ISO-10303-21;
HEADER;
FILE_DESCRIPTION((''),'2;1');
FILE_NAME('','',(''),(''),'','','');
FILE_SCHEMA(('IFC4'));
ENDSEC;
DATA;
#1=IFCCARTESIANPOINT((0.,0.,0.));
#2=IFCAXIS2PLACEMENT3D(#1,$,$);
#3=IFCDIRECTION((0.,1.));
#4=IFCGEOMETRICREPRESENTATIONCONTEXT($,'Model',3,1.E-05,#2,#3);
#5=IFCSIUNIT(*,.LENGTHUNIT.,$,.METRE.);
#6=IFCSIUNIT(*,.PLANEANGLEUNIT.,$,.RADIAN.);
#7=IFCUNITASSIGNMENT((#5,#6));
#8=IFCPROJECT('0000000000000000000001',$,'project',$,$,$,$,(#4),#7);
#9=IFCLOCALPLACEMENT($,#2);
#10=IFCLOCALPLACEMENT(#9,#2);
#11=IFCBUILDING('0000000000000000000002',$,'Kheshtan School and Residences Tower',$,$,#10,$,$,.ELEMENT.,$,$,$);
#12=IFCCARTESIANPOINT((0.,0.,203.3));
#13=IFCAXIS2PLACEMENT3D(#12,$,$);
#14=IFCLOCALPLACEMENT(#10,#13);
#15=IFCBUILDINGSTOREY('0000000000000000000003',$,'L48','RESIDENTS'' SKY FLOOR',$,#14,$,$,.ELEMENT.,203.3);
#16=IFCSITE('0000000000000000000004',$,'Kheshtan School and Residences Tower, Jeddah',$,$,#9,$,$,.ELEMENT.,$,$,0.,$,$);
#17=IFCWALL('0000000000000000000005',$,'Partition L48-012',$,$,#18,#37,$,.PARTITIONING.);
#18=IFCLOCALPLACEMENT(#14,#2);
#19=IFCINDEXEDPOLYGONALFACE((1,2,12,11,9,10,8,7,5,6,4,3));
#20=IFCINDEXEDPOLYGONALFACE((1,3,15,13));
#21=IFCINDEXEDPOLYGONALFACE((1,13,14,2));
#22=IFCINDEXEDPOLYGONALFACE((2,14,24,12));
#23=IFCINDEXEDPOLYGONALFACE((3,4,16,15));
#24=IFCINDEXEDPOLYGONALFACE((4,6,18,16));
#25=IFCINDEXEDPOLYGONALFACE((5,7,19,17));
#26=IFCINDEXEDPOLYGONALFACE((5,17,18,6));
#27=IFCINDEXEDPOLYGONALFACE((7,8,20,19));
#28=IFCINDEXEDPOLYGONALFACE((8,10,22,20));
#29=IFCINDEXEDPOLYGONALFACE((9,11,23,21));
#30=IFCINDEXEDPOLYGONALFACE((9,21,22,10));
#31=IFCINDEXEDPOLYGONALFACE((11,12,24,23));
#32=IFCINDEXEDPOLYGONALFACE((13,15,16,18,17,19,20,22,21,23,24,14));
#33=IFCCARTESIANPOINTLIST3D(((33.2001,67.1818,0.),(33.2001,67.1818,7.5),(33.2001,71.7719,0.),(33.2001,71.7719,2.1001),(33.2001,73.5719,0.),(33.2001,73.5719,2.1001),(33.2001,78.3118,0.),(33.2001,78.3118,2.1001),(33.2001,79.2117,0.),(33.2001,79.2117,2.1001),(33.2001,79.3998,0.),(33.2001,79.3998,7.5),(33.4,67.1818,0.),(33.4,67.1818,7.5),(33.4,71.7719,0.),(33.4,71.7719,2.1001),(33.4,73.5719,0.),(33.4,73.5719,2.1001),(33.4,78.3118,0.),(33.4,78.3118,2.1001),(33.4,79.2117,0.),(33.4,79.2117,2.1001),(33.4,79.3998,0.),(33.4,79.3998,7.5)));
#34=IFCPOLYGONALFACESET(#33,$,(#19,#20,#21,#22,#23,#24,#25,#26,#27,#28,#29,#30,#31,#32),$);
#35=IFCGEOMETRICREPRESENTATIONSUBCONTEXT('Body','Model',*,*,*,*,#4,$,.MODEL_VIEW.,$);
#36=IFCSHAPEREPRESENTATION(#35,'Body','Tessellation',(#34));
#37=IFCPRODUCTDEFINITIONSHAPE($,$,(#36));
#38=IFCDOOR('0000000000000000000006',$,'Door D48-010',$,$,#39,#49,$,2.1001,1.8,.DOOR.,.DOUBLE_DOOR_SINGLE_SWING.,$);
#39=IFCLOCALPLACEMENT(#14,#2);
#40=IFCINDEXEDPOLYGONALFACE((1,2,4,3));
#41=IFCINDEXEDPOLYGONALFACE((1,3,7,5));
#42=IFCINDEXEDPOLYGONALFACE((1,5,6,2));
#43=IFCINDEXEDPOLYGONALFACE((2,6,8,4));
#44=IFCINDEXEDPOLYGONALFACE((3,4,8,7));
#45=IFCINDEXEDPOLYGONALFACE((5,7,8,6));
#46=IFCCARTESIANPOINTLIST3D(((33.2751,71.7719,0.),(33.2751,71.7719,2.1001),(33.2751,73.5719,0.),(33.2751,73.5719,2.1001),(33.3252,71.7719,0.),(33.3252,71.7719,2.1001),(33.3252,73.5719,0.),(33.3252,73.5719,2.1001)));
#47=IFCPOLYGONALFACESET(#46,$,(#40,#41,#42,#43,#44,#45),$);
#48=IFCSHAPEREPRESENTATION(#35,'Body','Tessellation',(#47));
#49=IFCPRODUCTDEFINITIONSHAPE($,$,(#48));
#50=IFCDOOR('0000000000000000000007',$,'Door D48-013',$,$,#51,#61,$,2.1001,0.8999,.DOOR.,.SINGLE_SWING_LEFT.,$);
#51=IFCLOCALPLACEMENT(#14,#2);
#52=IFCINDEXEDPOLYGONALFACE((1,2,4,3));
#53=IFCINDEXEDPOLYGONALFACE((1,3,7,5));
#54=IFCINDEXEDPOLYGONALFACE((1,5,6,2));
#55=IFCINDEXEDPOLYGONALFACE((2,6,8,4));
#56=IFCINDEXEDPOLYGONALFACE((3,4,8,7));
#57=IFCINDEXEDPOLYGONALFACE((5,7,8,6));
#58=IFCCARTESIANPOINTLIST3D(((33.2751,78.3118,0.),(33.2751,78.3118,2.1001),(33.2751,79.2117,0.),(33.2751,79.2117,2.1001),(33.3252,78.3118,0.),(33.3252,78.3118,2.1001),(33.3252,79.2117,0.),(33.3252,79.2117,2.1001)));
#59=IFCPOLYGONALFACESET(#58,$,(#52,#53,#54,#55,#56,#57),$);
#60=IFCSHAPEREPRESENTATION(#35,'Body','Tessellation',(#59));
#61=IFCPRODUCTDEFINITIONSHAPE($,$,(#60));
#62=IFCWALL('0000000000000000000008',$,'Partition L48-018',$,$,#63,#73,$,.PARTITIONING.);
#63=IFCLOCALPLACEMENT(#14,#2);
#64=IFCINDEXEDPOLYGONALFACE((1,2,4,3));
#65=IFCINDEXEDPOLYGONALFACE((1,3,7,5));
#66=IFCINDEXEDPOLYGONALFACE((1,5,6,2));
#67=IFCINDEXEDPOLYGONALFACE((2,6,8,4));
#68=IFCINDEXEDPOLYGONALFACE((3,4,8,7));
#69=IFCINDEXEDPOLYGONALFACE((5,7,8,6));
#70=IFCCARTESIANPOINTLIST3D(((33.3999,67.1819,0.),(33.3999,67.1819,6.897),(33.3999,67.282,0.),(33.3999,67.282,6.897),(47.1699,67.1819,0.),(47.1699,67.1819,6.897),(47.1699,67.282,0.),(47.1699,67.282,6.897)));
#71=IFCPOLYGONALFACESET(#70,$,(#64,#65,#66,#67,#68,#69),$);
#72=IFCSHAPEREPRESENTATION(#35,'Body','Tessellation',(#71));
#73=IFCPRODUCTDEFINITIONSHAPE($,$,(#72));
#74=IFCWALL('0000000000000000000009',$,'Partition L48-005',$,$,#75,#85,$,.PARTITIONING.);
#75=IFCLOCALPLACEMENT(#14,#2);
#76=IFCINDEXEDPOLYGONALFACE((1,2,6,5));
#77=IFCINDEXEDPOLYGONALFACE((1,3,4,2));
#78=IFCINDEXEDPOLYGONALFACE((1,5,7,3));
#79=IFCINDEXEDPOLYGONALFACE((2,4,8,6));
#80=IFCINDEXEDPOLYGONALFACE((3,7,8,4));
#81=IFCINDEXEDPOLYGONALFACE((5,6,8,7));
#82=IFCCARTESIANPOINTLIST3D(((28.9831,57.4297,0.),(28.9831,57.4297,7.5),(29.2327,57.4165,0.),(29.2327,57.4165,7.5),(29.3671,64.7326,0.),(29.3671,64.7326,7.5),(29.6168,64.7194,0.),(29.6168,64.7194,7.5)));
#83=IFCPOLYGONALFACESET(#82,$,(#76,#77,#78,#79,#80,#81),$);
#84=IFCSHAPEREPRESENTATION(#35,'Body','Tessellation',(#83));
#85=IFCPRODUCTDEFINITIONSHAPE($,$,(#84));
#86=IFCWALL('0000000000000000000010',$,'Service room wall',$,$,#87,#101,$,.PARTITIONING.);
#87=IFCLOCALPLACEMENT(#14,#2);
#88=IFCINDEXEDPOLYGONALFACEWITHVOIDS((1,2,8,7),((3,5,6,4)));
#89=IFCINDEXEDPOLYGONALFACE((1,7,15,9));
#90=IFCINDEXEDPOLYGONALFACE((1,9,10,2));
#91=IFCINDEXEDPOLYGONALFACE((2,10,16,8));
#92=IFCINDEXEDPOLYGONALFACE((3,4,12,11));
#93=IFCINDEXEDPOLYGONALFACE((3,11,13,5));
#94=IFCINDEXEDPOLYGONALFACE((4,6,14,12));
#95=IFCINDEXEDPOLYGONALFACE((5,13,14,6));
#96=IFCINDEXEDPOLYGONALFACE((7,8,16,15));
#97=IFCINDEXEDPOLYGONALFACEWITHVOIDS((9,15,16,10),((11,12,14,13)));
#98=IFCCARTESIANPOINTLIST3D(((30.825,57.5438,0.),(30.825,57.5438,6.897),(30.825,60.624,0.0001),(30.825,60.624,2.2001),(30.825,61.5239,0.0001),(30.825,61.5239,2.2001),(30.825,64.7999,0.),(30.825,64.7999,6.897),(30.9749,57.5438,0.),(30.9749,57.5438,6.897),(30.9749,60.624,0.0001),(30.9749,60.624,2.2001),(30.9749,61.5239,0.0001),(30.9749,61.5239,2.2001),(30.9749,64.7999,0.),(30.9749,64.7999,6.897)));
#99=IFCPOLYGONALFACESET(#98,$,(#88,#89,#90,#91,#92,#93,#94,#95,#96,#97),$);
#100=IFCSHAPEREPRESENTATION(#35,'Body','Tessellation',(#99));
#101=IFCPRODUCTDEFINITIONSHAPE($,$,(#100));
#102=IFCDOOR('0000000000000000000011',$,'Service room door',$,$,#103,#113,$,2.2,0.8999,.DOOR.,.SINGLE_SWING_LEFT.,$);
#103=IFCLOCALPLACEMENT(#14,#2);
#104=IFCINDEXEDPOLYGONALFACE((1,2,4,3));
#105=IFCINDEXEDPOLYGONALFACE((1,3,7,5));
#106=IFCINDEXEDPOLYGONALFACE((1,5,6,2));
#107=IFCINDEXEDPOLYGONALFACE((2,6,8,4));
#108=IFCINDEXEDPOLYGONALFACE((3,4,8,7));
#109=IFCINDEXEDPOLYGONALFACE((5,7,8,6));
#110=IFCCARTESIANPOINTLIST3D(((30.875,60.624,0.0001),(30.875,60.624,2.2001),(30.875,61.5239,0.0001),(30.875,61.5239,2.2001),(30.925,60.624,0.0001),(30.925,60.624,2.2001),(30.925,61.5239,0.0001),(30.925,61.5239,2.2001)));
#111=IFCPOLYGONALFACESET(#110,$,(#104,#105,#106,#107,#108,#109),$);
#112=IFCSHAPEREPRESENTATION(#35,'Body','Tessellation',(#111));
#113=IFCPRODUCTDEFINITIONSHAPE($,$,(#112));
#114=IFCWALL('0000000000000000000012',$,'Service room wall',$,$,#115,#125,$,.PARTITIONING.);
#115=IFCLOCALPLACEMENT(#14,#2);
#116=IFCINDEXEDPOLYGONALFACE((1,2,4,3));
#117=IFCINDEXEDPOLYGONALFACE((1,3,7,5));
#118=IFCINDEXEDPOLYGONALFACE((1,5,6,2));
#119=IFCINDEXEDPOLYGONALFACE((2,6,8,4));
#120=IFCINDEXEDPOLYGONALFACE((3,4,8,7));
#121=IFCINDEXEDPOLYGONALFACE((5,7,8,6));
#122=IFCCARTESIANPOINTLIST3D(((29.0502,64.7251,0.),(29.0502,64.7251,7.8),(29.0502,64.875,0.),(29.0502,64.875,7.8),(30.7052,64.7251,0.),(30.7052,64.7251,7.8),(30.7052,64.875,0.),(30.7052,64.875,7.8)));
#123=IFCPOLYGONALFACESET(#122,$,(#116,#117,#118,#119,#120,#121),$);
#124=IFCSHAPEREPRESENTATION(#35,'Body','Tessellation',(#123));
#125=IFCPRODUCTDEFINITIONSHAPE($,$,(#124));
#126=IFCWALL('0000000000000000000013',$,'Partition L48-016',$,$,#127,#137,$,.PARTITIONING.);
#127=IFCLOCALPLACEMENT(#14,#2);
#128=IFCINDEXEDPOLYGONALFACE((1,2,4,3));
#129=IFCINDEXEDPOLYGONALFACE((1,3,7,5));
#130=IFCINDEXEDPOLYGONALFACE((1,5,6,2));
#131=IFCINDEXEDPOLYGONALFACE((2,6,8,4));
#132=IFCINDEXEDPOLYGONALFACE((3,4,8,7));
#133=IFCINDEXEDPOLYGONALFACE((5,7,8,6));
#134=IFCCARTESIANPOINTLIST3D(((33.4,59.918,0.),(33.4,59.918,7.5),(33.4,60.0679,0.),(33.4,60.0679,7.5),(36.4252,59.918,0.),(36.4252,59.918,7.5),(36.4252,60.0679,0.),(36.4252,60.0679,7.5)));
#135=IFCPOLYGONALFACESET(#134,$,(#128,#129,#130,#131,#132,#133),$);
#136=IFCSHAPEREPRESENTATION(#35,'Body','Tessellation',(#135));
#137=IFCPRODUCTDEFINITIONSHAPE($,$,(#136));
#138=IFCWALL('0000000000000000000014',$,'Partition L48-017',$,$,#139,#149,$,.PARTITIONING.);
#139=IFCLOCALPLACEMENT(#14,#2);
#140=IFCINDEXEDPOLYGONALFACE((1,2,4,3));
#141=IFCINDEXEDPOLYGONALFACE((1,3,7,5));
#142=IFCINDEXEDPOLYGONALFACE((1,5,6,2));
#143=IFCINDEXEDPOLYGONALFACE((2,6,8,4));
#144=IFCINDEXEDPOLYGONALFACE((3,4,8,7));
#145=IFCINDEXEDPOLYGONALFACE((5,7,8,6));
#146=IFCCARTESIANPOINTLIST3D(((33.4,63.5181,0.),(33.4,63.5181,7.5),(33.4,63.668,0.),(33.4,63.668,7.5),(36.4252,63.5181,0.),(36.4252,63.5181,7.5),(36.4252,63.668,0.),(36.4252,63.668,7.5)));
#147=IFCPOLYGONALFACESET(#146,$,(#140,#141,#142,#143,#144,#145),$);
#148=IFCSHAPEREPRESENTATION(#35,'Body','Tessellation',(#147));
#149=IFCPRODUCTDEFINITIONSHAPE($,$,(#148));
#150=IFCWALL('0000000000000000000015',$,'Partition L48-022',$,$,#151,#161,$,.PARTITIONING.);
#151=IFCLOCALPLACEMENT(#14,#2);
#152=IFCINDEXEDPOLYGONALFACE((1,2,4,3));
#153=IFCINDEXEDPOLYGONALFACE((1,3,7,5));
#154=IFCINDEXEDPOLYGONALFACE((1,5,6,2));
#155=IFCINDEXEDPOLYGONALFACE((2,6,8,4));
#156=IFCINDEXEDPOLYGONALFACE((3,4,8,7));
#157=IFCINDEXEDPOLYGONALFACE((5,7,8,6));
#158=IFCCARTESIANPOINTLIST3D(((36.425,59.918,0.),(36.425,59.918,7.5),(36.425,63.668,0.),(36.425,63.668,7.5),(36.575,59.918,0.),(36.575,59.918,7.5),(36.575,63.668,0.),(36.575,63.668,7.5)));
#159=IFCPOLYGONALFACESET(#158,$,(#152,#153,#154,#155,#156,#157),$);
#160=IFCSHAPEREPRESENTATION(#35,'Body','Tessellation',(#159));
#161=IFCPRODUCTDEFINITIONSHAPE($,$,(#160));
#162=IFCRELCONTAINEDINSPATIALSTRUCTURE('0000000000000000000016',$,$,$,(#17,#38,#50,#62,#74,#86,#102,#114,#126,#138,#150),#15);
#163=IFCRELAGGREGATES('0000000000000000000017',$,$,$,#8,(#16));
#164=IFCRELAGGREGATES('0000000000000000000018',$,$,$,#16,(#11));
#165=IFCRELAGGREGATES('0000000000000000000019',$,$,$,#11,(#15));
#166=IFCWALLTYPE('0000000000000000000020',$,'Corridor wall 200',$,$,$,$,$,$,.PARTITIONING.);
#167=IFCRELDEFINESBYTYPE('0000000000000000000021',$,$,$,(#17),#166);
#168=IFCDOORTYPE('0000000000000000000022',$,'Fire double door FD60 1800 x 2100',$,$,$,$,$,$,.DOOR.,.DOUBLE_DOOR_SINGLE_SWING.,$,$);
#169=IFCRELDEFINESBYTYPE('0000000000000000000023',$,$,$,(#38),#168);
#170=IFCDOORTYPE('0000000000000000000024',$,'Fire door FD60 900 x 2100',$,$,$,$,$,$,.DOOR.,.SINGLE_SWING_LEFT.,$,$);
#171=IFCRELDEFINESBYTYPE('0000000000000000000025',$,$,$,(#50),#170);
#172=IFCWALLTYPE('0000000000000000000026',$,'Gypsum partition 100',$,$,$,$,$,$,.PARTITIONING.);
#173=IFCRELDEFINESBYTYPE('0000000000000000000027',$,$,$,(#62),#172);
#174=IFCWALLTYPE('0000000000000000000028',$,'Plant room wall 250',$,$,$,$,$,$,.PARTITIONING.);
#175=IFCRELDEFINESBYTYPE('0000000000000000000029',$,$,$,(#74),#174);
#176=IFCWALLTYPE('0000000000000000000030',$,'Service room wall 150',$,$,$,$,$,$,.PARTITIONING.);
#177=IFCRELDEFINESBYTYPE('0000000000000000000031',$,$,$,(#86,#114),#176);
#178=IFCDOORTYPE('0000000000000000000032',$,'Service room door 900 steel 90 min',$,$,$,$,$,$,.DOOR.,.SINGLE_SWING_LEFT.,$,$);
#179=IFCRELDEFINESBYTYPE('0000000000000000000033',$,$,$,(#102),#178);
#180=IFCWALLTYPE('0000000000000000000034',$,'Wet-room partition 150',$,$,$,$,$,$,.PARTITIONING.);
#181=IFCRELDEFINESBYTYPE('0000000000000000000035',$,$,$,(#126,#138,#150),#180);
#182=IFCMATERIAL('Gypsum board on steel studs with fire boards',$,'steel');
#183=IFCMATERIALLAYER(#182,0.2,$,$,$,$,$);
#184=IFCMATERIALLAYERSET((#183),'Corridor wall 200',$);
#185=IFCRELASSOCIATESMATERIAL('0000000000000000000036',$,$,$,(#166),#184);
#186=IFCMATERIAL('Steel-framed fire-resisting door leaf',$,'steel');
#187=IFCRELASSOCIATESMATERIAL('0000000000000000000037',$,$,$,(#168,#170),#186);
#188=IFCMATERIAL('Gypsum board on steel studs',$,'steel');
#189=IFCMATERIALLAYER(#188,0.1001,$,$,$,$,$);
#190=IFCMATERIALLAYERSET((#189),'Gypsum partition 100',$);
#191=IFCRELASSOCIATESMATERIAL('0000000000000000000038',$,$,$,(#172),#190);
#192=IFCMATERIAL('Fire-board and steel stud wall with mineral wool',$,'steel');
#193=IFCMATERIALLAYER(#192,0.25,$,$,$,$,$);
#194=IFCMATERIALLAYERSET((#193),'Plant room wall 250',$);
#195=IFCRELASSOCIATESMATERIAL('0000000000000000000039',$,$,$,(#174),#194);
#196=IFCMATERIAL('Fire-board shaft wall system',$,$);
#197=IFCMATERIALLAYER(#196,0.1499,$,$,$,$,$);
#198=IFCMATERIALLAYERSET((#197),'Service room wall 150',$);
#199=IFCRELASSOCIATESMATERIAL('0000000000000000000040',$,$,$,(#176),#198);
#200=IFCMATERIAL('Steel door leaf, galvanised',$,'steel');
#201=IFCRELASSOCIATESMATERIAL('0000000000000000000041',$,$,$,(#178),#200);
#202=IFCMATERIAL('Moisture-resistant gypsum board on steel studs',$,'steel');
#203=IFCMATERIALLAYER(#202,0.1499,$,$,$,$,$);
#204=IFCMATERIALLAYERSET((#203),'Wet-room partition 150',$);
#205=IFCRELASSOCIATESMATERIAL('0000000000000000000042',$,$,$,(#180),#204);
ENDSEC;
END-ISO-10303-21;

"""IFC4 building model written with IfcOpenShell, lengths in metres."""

from ifc_helpers import new_model, si_unit, direction, frame, frame_2d, origin, place, context, subcontext, project, spatial, rectangle, extrude, source, transform, mapped, material, layer, layer_set, type_object, element, fill, save


model = new_model("IFC4")

# Units and contexts
model_context = context("Model", 3, precision=1e-05, world=origin(), true_north=direction((0.0, 1.0)))
body_context = subcontext(model_context, "Body", "Model", "MODEL_VIEW")
ifc_project = project(units=[si_unit("LENGTHUNIT", "METRE"), si_unit("PLANEANGLEUNIT", "RADIAN")], contexts=[model_context])

# Site, building, storey
site_placement = place(None, origin())
site = spatial("IfcSite", under=ifc_project, at=site_placement, Name="Kheshtan School and Residences Tower, Jeddah", CompositionType="ELEMENT", RefElevation=0.0)
building_placement = place(site_placement, origin())
building = spatial("IfcBuilding", under=site, at=building_placement, Name="Kheshtan School and Residences Tower", CompositionType="ELEMENT")
storey_placement = place(building_placement, frame((0.0, 0.0, 203.3)))
storey = spatial("IfcBuildingStorey", under=building, at=storey_placement, Name="L48", Description="RESIDENTS' SKY FLOOR", CompositionType="ELEMENT", Elevation=203.3)

# Shared definitions
ifc_material_1 = material(Name="Gypsum board on steel studs with fire boards", Category="steel")
ifc_layer_1 = layer(ifc_material_1, 0.2)
ifc_layer_set_1 = layer_set([ifc_layer_1], Name="Corridor wall 200")
wall_type_1 = type_object("IfcWallType", Name="Corridor wall 200", PredefinedType="PARTITIONING", material=ifc_layer_set_1)

# Shared definitions
ifc_material_2 = material(Name="Steel-framed fire-resisting door leaf", Category="steel")
door_type_1 = type_object("IfcDoorType", Name="Fire double door FD60 1800 x 2100", OperationType="DOUBLE_DOOR_SINGLE_SWING", PredefinedType="DOOR", material=ifc_material_2)
shared_shape_1 = source(origin(), body_context, "Body", "SweptSolid", [
    extrude(rectangle(XDim=1.8, YDim=2.1001, at=frame_2d((0.8999, 1.05))), frame((0.0, 0.0249, 0.0), z_axis=(0.0, -1.0, 0.0), x_axis=(1.0, 0.0, 0.0)), (0.0, 0.0, 1.0), 0.05),
])

# Wall, openings, doors
wall_1_placement = place(storey_placement, frame((33.3, 67.1819, 0.0), z_axis=(0.0, 0.0, 1.0), x_axis=(0.0, 1.0, 0.0)))
wall_1 = element("IfcWall", 1, at=wall_1_placement, inside=storey, type_object=wall_type_1, Name="Partition L48-012", PredefinedType="PARTITIONING", context=body_context, shape_type="SweptSolid", body=[
    extrude(rectangle(XDim=12.218, YDim=0.2, at=frame_2d((6.1089, 0.0))), origin(), (0.0, 0.0, 1.0), 7.5),
])
opening_1_placement = place(wall_1_placement, frame((4.5901, 0.0, 0.0)))
opening_1 = element("IfcOpeningElement", 2, at=opening_1_placement, cuts=wall_1, PredefinedType="OPENING", context=body_context, shape_type="SweptSolid", body=[
    extrude(rectangle(XDim=1.8, YDim=2.1001, at=frame_2d((0.8999, 1.05))), frame((0.0, 0.1099, 0.0), z_axis=(0.0, -1.0, 0.0), x_axis=(1.0, 0.0, 0.0)), (0.0, 0.0, 1.0), 0.22),
])
opening_2_placement = place(wall_1_placement, frame((11.1299, 0.0, 0.0)))
opening_2 = element("IfcOpeningElement", 3, at=opening_2_placement, cuts=wall_1, PredefinedType="OPENING", context=body_context, shape_type="SweptSolid", body=[
    extrude(rectangle(XDim=0.8999, YDim=2.1001, at=frame_2d((0.45, 1.05))), frame((0.0, 0.1099, 0.0), z_axis=(0.0, -1.0, 0.0), x_axis=(1.0, 0.0, 0.0)), (0.0, 0.0, 1.0), 0.22),
])
door_1_placement = place(opening_1_placement, origin())
door_1 = element("IfcDoor", 4, at=door_1_placement, inside=storey, type_object=door_type_1, Name="Door D48-010", OperationType="DOUBLE_DOOR_SINGLE_SWING", OverallHeight=2.1001, OverallWidth=1.8, PredefinedType="DOOR", context=body_context, shape_type="MappedRepresentation", body=[
    mapped(shared_shape_1, transform((0.0, 0.0, 0.0), x_axis=(1.0, 0.0, 0.0), y_axis=(0.0, 1.0, 0.0), z_axis=(0.0, 0.0, 1.0), scale=1.0)),
])
fill(opening_1, door_1)
door_type_2 = type_object("IfcDoorType", Name="Fire door FD60 900 x 2100", OperationType="SINGLE_SWING_LEFT", PredefinedType="DOOR", material=ifc_material_2)
shared_shape_2 = source(origin(), body_context, "Body", "SweptSolid", [
    extrude(rectangle(XDim=0.8999, YDim=2.1001, at=frame_2d((0.45, 1.05))), frame((0.0, 0.0249, 0.0), z_axis=(0.0, -1.0, 0.0), x_axis=(1.0, 0.0, 0.0)), (0.0, 0.0, 1.0), 0.05),
])
door_2_placement = place(opening_2_placement, origin())
door_2 = element("IfcDoor", 5, at=door_2_placement, inside=storey, type_object=door_type_2, Name="Door D48-013", OperationType="SINGLE_SWING_LEFT", OverallHeight=2.1001, OverallWidth=0.8999, PredefinedType="DOOR", context=body_context, shape_type="MappedRepresentation", body=[
    mapped(shared_shape_2, transform((0.0, 0.0, 0.0), x_axis=(1.0, 0.0, 0.0), y_axis=(0.0, 1.0, 0.0), z_axis=(0.0, 0.0, 1.0), scale=1.0)),
])
fill(opening_2, door_2)

# Walls
ifc_material_3 = material(Name="Gypsum board on steel studs", Category="steel")
ifc_layer_2 = layer(ifc_material_3, 0.1001)
ifc_layer_set_2 = layer_set([ifc_layer_2], Name="Gypsum partition 100")
wall_type_2 = type_object("IfcWallType", Name="Gypsum partition 100", PredefinedType="PARTITIONING", material=ifc_layer_set_2)
wall_2_placement = place(storey_placement, frame((33.3999, 67.2319, 0.0), z_axis=(0.0, 0.0, 1.0), x_axis=(1.0, 0.0, 0.0)))
element("IfcWall", 6, at=wall_2_placement, inside=storey, type_object=wall_type_2, Name="Partition L48-018", PredefinedType="PARTITIONING", context=body_context, shape_type="SweptSolid", body=[
    extrude(rectangle(XDim=13.77, YDim=0.1001, at=frame_2d((6.885, 0.0))), origin(), (0.0, 0.0, 1.0), 6.897),
])
ifc_material_4 = material(Name="Fire-board and steel stud wall with mineral wool", Category="steel")
ifc_layer_3 = layer(ifc_material_4, 0.25)
ifc_layer_set_3 = layer_set([ifc_layer_3], Name="Plant room wall 250")
wall_type_3 = type_object("IfcWallType", Name="Plant room wall 250", PredefinedType="PARTITIONING", material=ifc_layer_set_3)
wall_3_placement = place(storey_placement, frame((29.1079, 57.4231, 0.0), z_axis=(0.0, 0.0, 1.0), x_axis=(0.052513, 0.99862, 0.0)))
element("IfcWall", 7, at=wall_3_placement, inside=storey, type_object=wall_type_3, Name="Partition L48-005", PredefinedType="PARTITIONING", context=body_context, shape_type="SweptSolid", body=[
    extrude(rectangle(XDim=7.313, YDim=0.25, at=frame_2d((3.6565, 0.0))), origin(), (0.0, 0.0, 1.0), 7.5),
])

# Wall, opening, door
ifc_material_5 = material(Name="Fire-board shaft wall system")
ifc_layer_4 = layer(ifc_material_5, 0.1499)
ifc_layer_set_4 = layer_set([ifc_layer_4], Name="Service room wall 150")
wall_type_4 = type_object("IfcWallType", Name="Service room wall 150", PredefinedType="PARTITIONING", material=ifc_layer_set_4)
wall_4_placement = place(storey_placement, frame((30.8999, 57.5439, 0.0), z_axis=(0.0, 0.0, 1.0), x_axis=(0.0, 1.0, 0.0)))
wall_4 = element("IfcWall", 8, at=wall_4_placement, inside=storey, type_object=wall_type_4, Name="Service room wall", PredefinedType="PARTITIONING", context=body_context, shape_type="SweptSolid", body=[
    extrude(rectangle(XDim=7.2561, YDim=0.1499, at=frame_2d((3.6279, 0.0))), origin(), (0.0, 0.0, 1.0), 6.897),
])
opening_3_placement = place(wall_4_placement, frame((3.0801, 0.0, 0.0)))
opening_3 = element("IfcOpeningElement", 9, at=opening_3_placement, cuts=wall_4, PredefinedType="OPENING", context=body_context, shape_type="SweptSolid", body=[
    extrude(rectangle(XDim=0.8999, YDim=2.2, at=frame_2d((0.45, 1.1001))), frame((0.0, 0.085, 0.0), z_axis=(0.0, -1.0, 0.0), x_axis=(1.0, 0.0, 0.0)), (0.0, 0.0, 1.0), 0.1699),
])
ifc_material_6 = material(Name="Steel door leaf, galvanised", Category="steel")
door_type_3 = type_object("IfcDoorType", Name="Service room door 900 steel 90 min", OperationType="SINGLE_SWING_LEFT", PredefinedType="DOOR", material=ifc_material_6)
shared_shape_3 = source(origin(), body_context, "Body", "SweptSolid", [
    extrude(rectangle(XDim=0.8999, YDim=2.2, at=frame_2d((0.45, 1.1001))), frame((0.0, 0.0249, 0.0), z_axis=(0.0, -1.0, 0.0), x_axis=(1.0, 0.0, 0.0)), (0.0, 0.0, 1.0), 0.05),
])
door_3_placement = place(opening_3_placement, origin())
door_3 = element("IfcDoor", 10, at=door_3_placement, inside=storey, type_object=door_type_3, Name="Service room door", OperationType="SINGLE_SWING_LEFT", OverallHeight=2.2, OverallWidth=0.8999, PredefinedType="DOOR", context=body_context, shape_type="MappedRepresentation", body=[
    mapped(shared_shape_3, transform((0.0, 0.0, 0.0), x_axis=(1.0, 0.0, 0.0), y_axis=(0.0, 1.0, 0.0), z_axis=(0.0, 0.0, 1.0), scale=1.0)),
])
fill(opening_3, door_3)

# Walls
wall_5_placement = place(storey_placement, frame((29.05, 64.8, 0.0), z_axis=(0.0, 0.0, 1.0), x_axis=(1.0, 0.0, 0.0)))
element("IfcWall", 11, at=wall_5_placement, inside=storey, type_object=wall_type_4, Name="Service room wall", PredefinedType="PARTITIONING", context=body_context, shape_type="SweptSolid", body=[
    extrude(rectangle(XDim=1.655, YDim=0.1499, at=frame_2d((0.8276, 0.0))), origin(), (0.0, 0.0, 1.0), 7.8),
])
ifc_material_7 = material(Name="Moisture-resistant gypsum board on steel studs", Category="steel")
ifc_layer_5 = layer(ifc_material_7, 0.1499)
ifc_layer_set_5 = layer_set([ifc_layer_5], Name="Wet-room partition 150")
wall_type_5 = type_object("IfcWallType", Name="Wet-room partition 150", PredefinedType="PARTITIONING", material=ifc_layer_set_5)
for number, where, z_axis, x_axis, name in (
    (12, (33.3999, 59.9929, 0.0), (0.0, 0.0, 1.0), (1.0, 0.0, 0.0), "Partition L48-016"),
    (13, (33.3999, 63.593, 0.0), (0.0, 0.0, 1.0), (1.0, 0.0, 0.0), "Partition L48-017"),
):
    element("IfcWall", number, at=place(storey_placement, frame(where, z_axis=z_axis, x_axis=x_axis)), inside=storey, type_object=wall_type_5, Name=name, PredefinedType="PARTITIONING", context=body_context, shape_type="SweptSolid", body=[
        extrude(rectangle(XDim=3.0251, YDim=0.1499, at=frame_2d((1.5127, 0.0))), origin(), (0.0, 0.0, 1.0), 7.5),
    ])
wall_6_placement = place(storey_placement, frame((36.5, 59.918, 0.0), z_axis=(0.0, 0.0, 1.0), x_axis=(0.0, 1.0, 0.0)))
element("IfcWall", 14, at=wall_6_placement, inside=storey, type_object=wall_type_5, Name="Partition L48-022", PredefinedType="PARTITIONING", context=body_context, shape_type="SweptSolid", body=[
    extrude(rectangle(XDim=3.75, YDim=0.1499, at=frame_2d((1.875, 0.0))), origin(), (0.0, 0.0, 1.0), 7.5),
])

save(model, "model.ifc")
